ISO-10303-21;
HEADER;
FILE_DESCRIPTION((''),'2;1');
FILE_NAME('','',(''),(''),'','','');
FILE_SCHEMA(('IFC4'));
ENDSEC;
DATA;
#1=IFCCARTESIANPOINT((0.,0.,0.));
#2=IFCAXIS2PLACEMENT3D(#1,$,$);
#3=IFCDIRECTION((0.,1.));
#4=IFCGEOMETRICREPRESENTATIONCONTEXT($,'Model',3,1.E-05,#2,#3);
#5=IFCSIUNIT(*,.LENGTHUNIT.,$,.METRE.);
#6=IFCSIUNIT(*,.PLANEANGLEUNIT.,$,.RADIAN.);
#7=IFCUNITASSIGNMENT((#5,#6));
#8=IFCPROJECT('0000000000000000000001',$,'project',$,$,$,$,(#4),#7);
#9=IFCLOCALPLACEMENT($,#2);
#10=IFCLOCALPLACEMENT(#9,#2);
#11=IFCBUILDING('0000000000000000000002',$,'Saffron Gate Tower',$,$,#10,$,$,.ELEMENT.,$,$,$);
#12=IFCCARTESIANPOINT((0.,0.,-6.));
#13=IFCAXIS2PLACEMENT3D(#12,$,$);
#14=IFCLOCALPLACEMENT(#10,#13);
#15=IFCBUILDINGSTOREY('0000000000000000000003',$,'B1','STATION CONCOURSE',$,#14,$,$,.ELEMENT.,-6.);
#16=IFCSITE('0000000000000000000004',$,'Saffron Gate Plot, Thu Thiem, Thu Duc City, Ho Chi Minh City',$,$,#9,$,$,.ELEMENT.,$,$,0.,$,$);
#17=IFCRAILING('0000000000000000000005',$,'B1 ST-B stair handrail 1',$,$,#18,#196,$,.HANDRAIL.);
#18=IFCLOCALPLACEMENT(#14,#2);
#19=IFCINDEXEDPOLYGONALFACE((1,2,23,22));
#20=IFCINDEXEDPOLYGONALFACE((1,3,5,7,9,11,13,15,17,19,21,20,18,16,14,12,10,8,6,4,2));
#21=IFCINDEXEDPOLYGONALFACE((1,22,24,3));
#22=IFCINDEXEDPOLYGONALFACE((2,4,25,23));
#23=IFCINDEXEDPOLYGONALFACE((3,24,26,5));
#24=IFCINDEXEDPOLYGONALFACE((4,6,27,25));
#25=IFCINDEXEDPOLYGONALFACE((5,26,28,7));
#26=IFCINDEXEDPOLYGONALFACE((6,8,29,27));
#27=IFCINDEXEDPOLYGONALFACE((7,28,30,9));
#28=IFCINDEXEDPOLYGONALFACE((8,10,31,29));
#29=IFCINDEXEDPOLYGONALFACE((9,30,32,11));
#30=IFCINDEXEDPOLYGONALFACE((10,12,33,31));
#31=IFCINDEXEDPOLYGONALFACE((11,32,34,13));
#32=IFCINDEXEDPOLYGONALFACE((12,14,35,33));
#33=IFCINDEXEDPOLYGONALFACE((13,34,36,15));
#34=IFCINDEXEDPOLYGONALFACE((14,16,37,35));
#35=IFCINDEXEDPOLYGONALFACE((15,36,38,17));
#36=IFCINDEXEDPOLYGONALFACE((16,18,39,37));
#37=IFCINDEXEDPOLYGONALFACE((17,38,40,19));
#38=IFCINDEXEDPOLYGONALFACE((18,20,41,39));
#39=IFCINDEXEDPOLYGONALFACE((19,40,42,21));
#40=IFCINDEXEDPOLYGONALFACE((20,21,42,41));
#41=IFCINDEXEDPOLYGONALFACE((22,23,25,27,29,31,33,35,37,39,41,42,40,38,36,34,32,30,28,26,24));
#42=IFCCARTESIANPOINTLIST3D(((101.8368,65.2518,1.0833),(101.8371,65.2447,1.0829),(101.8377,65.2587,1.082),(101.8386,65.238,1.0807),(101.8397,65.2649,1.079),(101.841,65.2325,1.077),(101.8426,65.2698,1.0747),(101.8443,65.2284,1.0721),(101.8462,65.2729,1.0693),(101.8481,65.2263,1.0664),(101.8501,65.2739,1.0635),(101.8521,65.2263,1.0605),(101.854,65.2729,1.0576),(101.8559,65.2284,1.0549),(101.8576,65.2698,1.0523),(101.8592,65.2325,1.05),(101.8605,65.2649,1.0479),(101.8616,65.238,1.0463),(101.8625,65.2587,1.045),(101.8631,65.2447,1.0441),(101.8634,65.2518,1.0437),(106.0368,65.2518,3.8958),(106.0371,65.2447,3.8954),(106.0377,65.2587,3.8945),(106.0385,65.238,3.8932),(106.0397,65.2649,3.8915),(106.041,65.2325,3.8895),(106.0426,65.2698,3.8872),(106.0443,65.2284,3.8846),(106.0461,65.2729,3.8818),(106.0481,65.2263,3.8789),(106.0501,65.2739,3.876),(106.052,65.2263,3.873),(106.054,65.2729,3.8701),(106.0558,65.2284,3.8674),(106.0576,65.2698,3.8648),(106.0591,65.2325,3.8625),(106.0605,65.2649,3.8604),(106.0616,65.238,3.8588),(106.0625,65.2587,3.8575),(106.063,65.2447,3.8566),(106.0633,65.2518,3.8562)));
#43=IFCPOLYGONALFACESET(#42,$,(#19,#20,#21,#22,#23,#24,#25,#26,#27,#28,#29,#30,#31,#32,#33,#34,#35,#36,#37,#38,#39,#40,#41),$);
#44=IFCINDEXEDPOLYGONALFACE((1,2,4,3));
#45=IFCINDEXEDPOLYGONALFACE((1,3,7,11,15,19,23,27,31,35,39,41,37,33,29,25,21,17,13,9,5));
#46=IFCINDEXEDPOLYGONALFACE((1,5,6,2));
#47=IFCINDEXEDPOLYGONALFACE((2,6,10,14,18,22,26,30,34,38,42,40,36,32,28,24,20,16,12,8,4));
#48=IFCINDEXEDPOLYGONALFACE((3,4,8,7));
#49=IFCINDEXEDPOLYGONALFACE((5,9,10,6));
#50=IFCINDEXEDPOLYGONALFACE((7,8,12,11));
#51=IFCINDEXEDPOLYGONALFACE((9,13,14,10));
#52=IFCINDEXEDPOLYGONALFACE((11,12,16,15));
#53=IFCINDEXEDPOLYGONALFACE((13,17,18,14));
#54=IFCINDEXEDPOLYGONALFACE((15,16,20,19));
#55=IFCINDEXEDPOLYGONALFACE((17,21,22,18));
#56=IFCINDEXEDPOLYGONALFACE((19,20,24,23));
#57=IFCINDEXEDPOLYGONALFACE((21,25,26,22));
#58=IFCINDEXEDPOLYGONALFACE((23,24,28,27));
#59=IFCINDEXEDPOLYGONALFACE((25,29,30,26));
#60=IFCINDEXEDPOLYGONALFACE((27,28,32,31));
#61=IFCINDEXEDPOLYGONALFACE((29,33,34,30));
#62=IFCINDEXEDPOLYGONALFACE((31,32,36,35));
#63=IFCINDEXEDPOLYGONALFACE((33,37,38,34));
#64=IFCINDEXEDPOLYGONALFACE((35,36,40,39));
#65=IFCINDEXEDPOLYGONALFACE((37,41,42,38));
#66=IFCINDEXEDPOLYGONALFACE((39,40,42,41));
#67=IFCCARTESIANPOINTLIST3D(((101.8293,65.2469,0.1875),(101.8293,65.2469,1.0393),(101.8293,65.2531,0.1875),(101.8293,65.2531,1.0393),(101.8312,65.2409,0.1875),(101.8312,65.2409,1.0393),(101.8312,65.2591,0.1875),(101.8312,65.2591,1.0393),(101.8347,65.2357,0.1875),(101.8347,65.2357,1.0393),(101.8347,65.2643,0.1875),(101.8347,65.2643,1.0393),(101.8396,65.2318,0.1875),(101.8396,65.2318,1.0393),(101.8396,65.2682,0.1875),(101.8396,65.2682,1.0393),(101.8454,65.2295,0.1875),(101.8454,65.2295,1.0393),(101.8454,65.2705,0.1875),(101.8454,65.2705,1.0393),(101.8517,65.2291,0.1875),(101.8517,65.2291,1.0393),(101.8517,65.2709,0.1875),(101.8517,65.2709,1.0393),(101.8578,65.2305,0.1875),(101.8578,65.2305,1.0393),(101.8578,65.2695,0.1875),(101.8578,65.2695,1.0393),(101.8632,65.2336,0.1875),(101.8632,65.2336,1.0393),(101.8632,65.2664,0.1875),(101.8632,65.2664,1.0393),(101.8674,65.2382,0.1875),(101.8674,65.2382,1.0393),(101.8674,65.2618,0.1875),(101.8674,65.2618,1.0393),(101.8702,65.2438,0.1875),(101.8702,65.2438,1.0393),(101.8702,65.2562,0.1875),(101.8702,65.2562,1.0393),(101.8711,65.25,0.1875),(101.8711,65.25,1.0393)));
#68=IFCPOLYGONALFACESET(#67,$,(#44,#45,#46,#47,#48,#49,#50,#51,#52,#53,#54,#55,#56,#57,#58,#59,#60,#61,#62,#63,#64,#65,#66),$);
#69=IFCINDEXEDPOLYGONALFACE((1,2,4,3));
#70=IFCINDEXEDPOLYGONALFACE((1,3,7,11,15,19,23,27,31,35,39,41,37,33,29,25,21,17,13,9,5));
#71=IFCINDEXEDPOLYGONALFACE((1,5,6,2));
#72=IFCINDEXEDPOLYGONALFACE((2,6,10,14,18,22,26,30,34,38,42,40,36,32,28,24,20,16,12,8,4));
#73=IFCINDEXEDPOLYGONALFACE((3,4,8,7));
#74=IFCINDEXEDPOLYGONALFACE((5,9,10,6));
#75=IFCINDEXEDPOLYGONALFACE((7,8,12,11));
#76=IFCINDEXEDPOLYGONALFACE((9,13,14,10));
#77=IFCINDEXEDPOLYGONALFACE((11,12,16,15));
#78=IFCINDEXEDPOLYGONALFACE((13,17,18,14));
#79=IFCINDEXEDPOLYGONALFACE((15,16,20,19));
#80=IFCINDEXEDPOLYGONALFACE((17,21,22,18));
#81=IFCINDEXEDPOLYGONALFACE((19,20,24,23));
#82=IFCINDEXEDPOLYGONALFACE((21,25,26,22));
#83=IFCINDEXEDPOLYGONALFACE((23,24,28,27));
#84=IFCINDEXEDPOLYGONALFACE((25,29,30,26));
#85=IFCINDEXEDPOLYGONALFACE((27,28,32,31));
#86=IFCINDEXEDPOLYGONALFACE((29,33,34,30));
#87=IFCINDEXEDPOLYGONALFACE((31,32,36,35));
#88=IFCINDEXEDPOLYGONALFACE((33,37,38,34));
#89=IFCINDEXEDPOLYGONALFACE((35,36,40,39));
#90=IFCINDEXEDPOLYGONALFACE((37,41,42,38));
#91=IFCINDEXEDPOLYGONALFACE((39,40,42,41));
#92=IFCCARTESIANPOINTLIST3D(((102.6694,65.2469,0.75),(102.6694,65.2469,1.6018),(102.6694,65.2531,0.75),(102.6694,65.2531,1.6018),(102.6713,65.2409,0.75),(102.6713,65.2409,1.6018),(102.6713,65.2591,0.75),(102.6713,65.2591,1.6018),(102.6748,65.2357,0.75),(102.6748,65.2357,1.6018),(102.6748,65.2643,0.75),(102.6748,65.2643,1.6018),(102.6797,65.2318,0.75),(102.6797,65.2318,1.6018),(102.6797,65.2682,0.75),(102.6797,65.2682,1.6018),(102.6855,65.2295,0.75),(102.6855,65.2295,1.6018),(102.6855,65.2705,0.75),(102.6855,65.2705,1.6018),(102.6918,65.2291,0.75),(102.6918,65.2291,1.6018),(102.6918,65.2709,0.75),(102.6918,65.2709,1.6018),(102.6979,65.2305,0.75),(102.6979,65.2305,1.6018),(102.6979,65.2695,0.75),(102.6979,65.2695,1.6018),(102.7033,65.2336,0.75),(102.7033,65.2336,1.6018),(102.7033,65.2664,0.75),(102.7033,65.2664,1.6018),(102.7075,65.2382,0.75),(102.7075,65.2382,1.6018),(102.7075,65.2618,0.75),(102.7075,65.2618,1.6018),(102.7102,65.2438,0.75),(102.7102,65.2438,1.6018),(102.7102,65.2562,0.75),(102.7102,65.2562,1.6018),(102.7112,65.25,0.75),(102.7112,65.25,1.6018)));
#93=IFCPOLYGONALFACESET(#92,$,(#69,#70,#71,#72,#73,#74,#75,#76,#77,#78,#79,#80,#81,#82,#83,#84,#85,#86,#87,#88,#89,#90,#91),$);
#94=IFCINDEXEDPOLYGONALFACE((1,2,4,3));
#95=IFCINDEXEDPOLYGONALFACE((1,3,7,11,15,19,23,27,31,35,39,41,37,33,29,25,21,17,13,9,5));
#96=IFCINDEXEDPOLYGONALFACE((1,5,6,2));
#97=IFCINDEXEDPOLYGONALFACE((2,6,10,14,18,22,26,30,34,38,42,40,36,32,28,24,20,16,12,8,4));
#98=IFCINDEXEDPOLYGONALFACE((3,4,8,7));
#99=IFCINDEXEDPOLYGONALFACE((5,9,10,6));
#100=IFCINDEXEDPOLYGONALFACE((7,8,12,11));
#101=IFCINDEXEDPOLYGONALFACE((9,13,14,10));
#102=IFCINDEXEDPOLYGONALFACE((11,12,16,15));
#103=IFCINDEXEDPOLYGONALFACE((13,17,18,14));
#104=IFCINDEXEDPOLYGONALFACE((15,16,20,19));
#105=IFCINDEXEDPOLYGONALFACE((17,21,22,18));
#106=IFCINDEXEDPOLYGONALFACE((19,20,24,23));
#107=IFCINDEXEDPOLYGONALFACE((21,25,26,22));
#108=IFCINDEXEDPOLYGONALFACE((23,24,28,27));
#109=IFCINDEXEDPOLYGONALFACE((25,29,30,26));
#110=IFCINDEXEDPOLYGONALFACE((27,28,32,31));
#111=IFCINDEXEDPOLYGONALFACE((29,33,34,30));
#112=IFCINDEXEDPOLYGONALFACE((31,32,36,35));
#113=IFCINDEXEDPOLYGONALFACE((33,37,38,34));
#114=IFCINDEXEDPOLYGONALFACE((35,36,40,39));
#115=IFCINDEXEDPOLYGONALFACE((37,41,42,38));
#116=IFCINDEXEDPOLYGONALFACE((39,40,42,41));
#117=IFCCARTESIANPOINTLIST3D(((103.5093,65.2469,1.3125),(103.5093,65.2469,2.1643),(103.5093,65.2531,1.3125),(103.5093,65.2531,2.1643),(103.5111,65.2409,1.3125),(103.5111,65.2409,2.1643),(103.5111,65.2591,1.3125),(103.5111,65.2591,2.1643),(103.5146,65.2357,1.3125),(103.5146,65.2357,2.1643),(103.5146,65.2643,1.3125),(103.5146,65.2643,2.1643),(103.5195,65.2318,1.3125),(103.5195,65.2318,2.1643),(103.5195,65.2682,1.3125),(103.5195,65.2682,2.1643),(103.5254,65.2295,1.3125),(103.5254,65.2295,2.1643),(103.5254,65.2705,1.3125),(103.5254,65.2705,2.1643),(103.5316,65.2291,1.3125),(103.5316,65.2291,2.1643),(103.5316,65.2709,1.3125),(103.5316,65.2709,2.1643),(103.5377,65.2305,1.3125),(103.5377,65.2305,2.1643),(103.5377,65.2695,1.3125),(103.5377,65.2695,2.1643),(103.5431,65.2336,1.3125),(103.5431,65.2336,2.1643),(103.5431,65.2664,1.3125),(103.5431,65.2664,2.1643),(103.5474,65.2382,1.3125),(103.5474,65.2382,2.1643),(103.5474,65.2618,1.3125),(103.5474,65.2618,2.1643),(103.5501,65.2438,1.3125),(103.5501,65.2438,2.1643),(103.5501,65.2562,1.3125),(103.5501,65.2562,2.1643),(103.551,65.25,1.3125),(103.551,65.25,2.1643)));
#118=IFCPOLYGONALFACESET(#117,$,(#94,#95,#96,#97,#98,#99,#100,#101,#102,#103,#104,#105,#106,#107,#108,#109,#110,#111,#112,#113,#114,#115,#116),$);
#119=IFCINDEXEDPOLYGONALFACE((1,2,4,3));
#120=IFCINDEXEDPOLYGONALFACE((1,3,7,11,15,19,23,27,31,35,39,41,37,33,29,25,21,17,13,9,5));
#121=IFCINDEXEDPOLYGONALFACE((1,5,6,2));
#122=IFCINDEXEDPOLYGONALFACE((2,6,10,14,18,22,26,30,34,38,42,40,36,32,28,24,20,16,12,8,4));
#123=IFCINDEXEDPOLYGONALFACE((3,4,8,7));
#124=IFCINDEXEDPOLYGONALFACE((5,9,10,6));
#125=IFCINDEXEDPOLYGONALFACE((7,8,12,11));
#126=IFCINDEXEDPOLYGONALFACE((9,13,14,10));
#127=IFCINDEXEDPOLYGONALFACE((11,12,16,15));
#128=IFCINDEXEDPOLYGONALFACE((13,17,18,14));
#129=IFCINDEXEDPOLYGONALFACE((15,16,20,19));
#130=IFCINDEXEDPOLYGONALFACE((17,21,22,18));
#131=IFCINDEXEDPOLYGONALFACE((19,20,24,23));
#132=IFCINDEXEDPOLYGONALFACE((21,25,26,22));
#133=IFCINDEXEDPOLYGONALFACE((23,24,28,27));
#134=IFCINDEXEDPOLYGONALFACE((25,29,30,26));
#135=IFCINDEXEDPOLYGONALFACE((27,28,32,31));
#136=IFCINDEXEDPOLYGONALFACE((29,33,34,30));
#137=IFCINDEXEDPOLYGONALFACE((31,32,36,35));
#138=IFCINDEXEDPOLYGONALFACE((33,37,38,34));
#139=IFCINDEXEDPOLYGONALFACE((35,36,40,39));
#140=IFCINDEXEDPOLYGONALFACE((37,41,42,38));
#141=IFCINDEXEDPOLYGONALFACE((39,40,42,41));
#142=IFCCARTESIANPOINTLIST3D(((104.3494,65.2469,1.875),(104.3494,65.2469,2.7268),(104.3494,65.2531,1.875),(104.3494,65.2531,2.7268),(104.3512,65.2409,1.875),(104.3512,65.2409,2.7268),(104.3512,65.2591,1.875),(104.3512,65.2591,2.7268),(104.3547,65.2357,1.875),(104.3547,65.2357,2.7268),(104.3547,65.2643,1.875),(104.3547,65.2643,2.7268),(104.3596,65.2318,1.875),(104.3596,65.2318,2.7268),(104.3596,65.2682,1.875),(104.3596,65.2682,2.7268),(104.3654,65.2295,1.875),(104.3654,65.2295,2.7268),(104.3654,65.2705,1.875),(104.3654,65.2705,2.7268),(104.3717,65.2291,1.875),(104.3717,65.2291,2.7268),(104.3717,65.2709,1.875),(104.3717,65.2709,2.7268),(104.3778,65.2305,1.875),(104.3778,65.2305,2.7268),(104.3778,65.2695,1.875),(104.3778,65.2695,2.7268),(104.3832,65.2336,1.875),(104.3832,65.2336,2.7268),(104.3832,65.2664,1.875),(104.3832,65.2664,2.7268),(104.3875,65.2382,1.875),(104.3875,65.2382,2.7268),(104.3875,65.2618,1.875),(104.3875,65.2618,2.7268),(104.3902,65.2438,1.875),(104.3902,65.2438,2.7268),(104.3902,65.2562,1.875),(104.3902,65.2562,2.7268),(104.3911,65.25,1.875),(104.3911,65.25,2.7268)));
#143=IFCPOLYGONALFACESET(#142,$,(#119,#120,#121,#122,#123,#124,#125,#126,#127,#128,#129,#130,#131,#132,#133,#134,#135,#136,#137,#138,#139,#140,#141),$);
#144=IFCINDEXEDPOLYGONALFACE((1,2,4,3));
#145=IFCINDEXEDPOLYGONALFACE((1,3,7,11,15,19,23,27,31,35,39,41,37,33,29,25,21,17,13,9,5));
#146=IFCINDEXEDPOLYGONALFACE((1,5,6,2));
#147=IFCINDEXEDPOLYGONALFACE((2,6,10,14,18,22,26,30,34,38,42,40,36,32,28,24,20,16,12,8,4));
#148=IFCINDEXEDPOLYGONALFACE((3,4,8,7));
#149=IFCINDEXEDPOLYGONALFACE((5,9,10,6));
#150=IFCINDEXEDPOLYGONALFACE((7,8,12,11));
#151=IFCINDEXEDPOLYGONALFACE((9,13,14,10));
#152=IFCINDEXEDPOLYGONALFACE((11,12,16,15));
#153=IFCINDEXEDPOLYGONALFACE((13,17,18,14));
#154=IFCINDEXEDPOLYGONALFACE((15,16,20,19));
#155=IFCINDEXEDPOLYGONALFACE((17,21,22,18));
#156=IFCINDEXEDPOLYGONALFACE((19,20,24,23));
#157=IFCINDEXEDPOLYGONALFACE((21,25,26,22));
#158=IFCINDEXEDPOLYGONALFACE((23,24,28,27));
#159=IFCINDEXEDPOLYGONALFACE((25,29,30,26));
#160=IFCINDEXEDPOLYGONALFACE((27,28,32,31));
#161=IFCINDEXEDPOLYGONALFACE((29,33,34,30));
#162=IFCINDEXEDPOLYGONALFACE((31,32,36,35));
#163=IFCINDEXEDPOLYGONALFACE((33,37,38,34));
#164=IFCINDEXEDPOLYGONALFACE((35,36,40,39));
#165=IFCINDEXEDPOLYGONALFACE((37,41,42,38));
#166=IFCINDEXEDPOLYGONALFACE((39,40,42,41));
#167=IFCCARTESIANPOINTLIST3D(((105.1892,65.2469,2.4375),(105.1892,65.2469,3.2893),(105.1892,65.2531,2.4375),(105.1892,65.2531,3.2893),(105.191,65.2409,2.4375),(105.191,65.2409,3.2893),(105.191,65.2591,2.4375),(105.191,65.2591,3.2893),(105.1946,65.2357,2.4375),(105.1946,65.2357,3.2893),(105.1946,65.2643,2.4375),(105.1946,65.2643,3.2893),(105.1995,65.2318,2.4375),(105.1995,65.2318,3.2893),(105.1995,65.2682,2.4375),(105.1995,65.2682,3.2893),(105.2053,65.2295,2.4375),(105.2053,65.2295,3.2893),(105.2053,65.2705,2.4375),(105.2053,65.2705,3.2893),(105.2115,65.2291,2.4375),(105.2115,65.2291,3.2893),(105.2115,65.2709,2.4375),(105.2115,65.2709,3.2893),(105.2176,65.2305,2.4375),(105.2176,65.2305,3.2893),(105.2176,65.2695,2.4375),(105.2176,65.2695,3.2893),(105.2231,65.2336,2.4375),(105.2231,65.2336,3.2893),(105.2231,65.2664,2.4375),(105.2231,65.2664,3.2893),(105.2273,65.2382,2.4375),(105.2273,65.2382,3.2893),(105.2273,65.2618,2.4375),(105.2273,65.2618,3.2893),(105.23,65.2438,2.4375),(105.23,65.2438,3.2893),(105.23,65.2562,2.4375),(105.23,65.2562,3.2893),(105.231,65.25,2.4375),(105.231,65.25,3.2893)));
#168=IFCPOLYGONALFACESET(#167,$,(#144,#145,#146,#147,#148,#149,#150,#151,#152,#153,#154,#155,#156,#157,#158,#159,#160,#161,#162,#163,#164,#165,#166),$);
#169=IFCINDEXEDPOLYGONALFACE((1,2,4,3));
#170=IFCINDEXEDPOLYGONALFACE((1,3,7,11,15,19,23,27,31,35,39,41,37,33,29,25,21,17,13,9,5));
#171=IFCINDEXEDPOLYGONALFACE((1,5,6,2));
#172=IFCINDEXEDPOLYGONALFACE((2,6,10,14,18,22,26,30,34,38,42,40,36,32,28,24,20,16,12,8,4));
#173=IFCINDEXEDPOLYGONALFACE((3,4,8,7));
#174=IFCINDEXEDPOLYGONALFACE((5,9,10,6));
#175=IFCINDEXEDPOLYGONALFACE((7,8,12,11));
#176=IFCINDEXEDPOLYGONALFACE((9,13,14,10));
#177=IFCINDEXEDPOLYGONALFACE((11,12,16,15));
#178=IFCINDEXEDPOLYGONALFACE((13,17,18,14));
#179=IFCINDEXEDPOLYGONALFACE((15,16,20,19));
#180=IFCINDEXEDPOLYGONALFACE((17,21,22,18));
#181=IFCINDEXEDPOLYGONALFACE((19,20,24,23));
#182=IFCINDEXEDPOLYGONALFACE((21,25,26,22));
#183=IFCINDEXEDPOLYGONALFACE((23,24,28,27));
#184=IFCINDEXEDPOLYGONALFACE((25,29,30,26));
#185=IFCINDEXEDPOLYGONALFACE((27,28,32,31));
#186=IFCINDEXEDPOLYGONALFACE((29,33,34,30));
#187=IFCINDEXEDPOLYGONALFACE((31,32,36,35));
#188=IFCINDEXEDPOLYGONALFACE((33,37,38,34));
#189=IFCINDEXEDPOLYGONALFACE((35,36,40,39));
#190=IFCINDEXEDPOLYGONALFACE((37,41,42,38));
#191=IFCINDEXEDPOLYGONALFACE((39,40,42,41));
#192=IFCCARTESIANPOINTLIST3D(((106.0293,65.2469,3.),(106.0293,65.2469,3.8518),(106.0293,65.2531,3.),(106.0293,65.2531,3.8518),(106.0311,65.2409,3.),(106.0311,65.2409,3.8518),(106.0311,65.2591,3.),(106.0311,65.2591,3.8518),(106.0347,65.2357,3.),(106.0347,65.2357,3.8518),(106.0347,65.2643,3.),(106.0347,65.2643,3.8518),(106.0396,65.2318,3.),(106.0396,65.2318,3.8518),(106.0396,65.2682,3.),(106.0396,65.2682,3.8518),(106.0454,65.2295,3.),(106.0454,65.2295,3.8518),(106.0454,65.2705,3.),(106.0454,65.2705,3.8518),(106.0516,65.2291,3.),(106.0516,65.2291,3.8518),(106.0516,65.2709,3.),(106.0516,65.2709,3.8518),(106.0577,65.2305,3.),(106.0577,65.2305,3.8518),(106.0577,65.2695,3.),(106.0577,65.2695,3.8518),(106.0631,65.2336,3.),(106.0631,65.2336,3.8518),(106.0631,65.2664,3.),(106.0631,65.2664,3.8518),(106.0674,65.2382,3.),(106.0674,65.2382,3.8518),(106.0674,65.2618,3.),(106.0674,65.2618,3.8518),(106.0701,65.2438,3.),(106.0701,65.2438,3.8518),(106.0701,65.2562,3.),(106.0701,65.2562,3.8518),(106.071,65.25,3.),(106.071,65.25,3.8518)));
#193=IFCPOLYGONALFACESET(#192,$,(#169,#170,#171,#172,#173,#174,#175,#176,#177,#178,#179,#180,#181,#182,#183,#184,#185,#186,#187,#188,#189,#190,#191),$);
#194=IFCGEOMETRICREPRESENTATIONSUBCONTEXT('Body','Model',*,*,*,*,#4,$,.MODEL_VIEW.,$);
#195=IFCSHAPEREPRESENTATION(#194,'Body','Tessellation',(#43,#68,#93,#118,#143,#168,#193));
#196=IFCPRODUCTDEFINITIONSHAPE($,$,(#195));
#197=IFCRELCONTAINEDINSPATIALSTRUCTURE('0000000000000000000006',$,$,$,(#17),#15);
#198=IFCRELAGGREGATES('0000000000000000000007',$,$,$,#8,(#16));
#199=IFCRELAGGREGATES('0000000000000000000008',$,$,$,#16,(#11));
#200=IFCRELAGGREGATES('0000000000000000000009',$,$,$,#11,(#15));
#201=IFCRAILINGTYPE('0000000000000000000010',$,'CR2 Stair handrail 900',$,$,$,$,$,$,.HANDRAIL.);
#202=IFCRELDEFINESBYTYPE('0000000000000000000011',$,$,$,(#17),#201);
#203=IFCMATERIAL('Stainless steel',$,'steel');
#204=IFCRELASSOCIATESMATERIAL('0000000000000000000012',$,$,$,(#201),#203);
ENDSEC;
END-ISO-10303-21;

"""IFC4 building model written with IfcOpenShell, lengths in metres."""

from ifc_helpers import new_model, si_unit, direction, frame, origin, origin_2d, place, context, subcontext, project, spatial, circle, extrude, material, type_object, element, save


model = new_model("IFC4")

# Units and contexts
model_context = context("Model", 3, precision=1e-05, world=origin(), true_north=direction((0.0, 1.0)))
body_context = subcontext(model_context, "Body", "Model", "MODEL_VIEW")
ifc_project = project(units=[si_unit("LENGTHUNIT", "METRE"), si_unit("PLANEANGLEUNIT", "RADIAN")], contexts=[model_context])

# Site, building, storey
site_placement = place(None, origin())
site = spatial("IfcSite", under=ifc_project, at=site_placement, Name="Saffron Gate Plot, Thu Thiem, Thu Duc City, Ho Chi Minh City", CompositionType="ELEMENT", RefElevation=0.0)
building_placement = place(site_placement, origin())
building = spatial("IfcBuilding", under=site, at=building_placement, Name="Saffron Gate Tower", CompositionType="ELEMENT")
storey_placement = place(building_placement, frame((0.0, 0.0, -6.0)))
storey = spatial("IfcBuildingStorey", under=building, at=storey_placement, Name="B1", Description="STATION CONCOURSE", CompositionType="ELEMENT", Elevation=-6.0)

# Railing
ifc_material_1 = material(Name="Stainless steel", Category="steel")
railing_type_1 = type_object("IfcRailingType", Name="CR2 Stair handrail 900", PredefinedType="HANDRAIL", material=ifc_material_1)
railing_1_placement = place(storey_placement, frame((101.8501, 65.25, 0.1875)))
element("IfcRailing", 1, at=railing_1_placement, inside=storey, type_object=railing_type_1, Name="B1 ST-B stair handrail 1", PredefinedType="HANDRAIL", context=body_context, shape_type="SweptSolid", body=[
    extrude(circle(Radius=0.0239, at=origin_2d()), frame((0.0, 0.0, 0.876), z_axis=(0.830904, 0.0, 0.556416), x_axis=(0.0, 1.0, 0.0)), (0.0, 0.0, 1.0), 5.0547),
    extrude(circle(Radius=0.021, at=origin_2d()), origin(), (0.0, 0.0, 1.0), 0.8518),
    extrude(circle(Radius=0.021, at=origin_2d()), frame((0.8401, 0.0, 0.5625)), (0.0, 0.0, 1.0), 0.8518),
    extrude(circle(Radius=0.021, at=origin_2d()), frame((1.6799, 0.0, 1.125)), (0.0, 0.0, 1.0), 0.8518),
    extrude(circle(Radius=0.021, at=origin_2d()), frame((2.52, 0.0, 1.6875)), (0.0, 0.0, 1.0), 0.8518),
    extrude(circle(Radius=0.021, at=origin_2d()), frame((3.3599, 0.0, 2.25)), (0.0, 0.0, 1.0), 0.8518),
    extrude(circle(Radius=0.021, at=origin_2d()), frame((4.2, 0.0, 2.8125)), (0.0, 0.0, 1.0), 0.8518),
])

save(model, "model.ifc")
